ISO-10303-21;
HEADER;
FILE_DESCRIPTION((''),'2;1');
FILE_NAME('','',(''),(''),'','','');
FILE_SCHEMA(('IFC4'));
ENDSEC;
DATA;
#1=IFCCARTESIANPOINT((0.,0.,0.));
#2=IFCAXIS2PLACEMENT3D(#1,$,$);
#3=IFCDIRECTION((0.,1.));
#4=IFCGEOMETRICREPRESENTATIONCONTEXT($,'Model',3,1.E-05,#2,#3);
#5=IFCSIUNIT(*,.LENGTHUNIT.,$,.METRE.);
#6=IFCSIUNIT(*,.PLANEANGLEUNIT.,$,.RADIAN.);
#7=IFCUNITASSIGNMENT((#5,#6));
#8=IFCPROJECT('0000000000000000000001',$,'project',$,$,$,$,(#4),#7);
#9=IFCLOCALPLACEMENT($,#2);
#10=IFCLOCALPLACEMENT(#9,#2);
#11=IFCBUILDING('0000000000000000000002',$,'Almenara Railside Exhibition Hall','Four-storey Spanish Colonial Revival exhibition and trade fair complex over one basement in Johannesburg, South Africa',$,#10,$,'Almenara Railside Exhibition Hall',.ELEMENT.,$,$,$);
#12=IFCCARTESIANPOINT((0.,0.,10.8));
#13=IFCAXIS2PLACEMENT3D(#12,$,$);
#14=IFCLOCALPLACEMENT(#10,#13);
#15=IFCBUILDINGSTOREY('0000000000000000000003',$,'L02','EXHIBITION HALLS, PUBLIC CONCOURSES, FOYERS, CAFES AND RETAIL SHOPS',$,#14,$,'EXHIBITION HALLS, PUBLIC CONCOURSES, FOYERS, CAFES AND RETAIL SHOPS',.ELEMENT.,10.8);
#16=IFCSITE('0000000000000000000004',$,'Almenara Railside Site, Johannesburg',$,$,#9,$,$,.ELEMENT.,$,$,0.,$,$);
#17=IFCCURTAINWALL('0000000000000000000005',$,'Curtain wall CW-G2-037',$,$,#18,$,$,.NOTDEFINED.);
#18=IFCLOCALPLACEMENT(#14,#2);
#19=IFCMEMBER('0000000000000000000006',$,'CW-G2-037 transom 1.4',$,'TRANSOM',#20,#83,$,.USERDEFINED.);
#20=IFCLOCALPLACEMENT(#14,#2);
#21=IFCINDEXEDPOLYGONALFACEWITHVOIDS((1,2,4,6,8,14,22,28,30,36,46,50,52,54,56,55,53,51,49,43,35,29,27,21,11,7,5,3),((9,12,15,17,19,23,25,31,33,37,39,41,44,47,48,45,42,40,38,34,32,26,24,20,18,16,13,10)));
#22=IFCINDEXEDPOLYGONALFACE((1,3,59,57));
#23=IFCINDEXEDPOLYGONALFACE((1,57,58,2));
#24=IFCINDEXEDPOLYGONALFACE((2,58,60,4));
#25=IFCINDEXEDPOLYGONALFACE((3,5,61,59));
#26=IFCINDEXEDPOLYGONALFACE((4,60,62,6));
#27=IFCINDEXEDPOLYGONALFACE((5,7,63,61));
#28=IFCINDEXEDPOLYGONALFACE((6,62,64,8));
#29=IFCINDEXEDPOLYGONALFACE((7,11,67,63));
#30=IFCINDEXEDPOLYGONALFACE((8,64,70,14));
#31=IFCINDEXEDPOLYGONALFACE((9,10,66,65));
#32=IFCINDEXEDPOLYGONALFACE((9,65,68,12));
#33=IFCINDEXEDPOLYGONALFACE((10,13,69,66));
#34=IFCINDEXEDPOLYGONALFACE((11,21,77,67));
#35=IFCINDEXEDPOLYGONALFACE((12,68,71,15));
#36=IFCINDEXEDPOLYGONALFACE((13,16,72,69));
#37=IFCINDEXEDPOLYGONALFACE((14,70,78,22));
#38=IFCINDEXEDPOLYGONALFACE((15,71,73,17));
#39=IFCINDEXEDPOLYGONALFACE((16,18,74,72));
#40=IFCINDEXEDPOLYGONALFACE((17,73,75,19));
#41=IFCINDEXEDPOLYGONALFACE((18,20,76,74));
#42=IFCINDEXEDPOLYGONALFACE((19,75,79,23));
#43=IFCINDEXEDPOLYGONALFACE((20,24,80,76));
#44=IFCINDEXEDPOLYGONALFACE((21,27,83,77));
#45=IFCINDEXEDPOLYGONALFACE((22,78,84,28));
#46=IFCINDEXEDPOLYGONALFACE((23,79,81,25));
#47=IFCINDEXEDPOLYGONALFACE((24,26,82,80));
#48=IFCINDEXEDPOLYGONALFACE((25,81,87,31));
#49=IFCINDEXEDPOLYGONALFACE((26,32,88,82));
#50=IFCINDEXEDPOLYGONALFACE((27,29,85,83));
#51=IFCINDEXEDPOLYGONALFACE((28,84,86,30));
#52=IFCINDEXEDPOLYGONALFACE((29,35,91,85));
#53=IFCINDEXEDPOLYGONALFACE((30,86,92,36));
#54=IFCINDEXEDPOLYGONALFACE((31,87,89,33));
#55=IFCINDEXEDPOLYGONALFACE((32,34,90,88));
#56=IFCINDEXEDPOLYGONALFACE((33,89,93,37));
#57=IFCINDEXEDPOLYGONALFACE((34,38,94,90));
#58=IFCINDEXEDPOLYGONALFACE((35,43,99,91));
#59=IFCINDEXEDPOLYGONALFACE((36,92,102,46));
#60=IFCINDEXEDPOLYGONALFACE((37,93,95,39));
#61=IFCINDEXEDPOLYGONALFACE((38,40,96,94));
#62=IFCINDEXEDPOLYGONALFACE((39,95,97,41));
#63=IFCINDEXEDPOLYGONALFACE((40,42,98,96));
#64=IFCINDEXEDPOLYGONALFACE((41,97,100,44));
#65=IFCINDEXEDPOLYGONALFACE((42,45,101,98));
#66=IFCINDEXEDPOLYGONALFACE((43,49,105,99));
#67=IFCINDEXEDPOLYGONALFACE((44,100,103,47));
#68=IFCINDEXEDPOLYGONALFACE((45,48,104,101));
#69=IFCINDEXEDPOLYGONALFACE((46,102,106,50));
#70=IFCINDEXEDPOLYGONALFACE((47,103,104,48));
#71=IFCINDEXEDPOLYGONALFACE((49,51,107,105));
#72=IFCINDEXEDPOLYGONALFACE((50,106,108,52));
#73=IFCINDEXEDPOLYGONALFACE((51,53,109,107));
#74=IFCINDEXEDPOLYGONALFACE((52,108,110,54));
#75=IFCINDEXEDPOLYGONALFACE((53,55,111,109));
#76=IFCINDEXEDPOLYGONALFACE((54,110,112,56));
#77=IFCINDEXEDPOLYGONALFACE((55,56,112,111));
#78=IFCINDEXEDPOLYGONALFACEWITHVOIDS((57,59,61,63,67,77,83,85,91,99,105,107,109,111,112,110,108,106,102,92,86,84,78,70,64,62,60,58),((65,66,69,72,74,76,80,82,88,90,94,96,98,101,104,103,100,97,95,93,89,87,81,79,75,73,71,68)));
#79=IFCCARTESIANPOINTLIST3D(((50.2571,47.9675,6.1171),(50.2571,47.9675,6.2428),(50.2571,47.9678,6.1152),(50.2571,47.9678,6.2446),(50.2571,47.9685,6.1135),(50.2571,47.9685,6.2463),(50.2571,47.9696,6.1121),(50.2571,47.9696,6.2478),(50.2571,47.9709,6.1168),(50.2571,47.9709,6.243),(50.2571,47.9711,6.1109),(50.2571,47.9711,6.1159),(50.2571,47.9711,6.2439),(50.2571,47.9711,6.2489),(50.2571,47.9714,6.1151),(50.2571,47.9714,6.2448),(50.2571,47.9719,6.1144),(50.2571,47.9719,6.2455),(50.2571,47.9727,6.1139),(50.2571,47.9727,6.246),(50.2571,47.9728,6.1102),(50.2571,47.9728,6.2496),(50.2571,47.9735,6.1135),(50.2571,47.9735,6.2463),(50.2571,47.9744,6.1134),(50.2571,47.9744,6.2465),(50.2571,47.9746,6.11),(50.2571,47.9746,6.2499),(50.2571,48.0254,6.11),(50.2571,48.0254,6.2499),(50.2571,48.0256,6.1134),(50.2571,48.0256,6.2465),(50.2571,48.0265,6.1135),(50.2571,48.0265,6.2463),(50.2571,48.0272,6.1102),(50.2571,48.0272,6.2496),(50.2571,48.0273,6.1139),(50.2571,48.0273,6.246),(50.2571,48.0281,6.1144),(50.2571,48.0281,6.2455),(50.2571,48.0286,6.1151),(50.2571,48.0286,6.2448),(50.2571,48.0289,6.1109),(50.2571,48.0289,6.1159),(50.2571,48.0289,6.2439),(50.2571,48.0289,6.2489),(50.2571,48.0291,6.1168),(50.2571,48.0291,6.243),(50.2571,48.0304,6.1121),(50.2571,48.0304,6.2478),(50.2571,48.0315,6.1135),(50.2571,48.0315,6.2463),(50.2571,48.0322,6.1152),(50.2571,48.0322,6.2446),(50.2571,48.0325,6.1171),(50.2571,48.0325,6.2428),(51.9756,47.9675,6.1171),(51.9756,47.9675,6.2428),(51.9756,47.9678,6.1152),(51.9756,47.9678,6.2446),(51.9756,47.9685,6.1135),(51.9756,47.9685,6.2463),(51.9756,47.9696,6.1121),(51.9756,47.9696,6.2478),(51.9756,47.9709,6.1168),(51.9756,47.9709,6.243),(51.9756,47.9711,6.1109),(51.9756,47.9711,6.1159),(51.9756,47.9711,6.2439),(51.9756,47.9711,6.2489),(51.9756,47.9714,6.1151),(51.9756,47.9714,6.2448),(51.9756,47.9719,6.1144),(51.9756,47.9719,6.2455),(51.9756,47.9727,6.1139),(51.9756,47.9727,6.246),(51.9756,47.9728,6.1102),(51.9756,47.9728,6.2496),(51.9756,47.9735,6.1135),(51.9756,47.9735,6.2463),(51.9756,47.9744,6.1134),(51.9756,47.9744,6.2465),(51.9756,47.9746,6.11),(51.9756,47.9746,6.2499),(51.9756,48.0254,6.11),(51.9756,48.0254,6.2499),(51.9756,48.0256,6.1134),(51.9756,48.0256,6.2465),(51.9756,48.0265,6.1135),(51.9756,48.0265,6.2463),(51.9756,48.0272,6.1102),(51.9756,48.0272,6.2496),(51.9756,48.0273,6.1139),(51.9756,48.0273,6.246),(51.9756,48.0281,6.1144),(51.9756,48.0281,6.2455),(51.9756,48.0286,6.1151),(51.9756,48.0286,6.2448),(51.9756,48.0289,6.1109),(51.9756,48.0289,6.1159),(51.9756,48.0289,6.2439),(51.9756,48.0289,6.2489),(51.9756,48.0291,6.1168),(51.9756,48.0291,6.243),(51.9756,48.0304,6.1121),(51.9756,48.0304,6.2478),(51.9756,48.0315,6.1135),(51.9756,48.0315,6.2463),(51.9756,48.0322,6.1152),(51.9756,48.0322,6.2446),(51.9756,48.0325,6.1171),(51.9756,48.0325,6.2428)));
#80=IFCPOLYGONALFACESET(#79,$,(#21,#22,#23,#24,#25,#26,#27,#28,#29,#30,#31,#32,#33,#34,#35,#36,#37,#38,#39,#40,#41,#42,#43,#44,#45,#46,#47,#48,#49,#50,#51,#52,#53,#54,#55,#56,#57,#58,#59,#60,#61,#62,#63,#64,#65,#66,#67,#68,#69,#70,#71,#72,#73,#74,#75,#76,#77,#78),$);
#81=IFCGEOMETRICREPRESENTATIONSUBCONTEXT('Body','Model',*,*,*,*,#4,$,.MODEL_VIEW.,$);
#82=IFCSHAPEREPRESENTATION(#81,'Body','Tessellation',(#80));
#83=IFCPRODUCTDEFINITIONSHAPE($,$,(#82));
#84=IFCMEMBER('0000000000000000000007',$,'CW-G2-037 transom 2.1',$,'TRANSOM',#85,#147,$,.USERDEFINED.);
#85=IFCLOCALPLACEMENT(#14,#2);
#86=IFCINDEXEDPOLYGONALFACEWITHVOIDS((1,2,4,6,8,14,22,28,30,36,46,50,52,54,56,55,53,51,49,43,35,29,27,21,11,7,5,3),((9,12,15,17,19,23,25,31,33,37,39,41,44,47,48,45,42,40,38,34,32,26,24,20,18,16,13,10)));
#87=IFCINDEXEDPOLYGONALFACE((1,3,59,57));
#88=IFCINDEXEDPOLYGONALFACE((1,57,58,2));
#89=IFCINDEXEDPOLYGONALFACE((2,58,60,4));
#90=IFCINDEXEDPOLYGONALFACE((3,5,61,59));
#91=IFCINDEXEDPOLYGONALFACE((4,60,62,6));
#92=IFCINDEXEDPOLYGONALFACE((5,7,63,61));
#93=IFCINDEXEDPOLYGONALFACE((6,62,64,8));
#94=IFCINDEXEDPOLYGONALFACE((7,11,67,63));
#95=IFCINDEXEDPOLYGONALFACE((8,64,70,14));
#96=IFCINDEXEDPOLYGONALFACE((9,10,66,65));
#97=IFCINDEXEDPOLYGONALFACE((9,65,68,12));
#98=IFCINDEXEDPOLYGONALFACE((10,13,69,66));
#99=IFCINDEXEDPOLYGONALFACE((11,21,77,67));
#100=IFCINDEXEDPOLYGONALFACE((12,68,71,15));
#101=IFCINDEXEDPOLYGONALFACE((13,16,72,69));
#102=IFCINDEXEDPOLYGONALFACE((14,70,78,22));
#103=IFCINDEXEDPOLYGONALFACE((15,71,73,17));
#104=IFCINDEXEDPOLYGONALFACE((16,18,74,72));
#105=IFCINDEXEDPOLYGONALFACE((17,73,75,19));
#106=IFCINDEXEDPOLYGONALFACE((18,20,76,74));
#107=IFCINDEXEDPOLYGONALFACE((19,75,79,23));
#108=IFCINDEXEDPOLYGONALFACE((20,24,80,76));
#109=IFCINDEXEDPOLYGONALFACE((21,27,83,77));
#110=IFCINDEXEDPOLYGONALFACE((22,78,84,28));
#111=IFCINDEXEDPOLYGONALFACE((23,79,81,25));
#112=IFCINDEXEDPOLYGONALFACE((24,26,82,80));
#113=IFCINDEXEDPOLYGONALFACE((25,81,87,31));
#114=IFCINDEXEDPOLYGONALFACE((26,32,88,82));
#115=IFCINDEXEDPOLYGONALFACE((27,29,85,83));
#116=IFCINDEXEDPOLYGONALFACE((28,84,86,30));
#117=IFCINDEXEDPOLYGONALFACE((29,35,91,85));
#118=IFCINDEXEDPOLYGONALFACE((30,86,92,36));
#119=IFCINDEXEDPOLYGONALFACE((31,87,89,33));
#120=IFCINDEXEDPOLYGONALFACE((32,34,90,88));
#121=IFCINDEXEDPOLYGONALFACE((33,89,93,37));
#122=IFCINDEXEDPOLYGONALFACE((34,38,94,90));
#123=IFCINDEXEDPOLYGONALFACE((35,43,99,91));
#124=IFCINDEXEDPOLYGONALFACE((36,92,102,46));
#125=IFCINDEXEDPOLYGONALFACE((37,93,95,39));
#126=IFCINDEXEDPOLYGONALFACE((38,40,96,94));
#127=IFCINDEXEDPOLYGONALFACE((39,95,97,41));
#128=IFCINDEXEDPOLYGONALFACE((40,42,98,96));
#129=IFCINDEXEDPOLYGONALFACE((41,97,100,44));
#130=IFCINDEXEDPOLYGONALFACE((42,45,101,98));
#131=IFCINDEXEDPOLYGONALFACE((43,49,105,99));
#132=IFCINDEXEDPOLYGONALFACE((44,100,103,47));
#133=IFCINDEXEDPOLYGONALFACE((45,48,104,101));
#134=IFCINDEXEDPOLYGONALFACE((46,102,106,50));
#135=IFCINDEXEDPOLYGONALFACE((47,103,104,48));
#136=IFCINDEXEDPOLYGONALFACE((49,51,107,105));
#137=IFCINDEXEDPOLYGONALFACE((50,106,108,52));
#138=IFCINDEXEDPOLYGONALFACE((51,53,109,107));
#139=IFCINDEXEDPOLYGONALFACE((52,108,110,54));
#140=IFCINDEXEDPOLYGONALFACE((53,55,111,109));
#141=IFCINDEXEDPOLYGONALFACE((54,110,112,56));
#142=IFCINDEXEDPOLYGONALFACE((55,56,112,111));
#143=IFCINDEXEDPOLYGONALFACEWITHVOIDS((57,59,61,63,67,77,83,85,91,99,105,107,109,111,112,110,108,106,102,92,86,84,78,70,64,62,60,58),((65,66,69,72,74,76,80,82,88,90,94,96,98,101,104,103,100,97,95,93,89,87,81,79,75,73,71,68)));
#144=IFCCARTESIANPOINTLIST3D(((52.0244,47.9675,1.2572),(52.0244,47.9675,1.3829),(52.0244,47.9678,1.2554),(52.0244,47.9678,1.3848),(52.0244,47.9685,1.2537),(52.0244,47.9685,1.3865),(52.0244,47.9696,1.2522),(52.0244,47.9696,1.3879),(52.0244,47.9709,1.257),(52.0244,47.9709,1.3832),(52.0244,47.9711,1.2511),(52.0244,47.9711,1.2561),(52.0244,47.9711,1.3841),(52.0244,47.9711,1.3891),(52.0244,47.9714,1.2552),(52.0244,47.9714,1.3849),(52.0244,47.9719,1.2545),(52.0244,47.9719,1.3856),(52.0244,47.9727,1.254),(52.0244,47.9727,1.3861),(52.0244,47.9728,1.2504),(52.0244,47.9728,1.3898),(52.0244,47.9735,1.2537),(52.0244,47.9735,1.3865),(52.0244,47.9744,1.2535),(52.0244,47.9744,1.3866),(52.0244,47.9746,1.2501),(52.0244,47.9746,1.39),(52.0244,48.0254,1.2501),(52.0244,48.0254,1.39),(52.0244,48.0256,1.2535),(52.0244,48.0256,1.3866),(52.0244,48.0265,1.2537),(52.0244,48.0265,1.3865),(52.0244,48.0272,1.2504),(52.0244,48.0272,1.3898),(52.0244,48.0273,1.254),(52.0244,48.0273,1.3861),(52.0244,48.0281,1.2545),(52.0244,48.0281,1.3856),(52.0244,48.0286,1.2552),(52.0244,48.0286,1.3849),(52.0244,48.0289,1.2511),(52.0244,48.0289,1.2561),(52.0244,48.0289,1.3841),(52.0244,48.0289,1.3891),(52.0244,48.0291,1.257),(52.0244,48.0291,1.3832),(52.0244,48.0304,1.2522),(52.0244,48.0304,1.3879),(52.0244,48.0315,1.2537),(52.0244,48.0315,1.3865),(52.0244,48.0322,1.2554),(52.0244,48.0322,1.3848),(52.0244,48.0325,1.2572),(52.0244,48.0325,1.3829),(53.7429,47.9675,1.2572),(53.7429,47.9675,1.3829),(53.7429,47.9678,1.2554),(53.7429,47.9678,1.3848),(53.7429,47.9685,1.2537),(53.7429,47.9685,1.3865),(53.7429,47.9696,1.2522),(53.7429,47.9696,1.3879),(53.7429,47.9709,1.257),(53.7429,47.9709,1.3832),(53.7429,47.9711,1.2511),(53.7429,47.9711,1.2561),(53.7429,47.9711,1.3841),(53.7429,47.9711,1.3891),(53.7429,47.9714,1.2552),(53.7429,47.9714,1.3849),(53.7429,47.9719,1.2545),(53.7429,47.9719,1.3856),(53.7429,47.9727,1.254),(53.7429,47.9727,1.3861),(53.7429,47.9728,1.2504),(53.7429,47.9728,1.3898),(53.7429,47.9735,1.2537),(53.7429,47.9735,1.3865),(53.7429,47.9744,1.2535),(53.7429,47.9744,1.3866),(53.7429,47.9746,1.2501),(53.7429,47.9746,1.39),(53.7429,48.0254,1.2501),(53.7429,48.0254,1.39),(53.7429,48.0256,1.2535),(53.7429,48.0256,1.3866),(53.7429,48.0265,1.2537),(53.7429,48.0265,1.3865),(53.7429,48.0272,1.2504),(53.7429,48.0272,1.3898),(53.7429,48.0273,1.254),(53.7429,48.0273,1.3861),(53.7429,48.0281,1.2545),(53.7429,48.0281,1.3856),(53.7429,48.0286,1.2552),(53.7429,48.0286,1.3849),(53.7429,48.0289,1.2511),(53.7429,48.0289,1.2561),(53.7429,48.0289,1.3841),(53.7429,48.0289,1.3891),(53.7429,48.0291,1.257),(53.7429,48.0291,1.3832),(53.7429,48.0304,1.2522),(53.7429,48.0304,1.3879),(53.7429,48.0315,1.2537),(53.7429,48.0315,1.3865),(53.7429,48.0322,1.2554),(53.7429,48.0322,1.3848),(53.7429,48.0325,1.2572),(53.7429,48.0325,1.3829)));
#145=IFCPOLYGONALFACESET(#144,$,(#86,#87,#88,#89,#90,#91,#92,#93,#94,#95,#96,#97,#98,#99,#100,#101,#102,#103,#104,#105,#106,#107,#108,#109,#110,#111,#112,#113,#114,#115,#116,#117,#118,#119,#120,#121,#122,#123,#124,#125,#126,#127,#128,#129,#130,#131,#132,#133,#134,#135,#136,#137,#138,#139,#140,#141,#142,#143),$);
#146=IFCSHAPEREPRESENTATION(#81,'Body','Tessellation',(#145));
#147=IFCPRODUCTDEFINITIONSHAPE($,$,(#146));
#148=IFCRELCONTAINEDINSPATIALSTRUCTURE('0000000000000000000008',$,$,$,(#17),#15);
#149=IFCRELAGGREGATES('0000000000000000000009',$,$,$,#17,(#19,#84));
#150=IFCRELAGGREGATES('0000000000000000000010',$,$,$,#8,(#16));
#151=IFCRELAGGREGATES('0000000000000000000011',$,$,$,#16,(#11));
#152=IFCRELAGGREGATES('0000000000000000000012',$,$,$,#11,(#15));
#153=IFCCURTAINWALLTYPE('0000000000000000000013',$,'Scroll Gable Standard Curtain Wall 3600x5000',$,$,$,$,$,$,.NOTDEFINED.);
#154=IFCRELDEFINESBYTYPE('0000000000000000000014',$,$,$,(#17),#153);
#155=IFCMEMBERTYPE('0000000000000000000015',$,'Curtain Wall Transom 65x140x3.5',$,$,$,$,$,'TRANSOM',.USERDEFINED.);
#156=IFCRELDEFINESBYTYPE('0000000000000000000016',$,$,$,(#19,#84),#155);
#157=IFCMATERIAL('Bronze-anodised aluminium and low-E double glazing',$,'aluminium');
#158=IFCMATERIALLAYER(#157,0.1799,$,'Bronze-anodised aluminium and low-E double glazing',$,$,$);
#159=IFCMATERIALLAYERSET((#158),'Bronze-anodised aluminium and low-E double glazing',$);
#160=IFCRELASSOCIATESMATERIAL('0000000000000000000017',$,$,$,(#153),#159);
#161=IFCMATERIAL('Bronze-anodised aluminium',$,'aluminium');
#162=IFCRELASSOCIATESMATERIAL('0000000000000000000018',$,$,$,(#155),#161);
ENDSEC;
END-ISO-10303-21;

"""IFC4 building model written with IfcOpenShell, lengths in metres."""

from ifc_helpers import new_model, si_unit, direction, frame, origin, origin_2d, place, context, subcontext, project, spatial, hollow_rectangle, extrude, material, layer, layer_set, material_profile, profile_set, type_object, element, aggregate, save


model = new_model("IFC4")

# Units and contexts
model_context = context("Model", 3, precision=1e-05, world=origin(), true_north=direction((0.0, 1.0)))
body_context = subcontext(model_context, "Body", "Model", "MODEL_VIEW")
ifc_project = project(units=[si_unit("LENGTHUNIT", "METRE"), si_unit("PLANEANGLEUNIT", "RADIAN")], contexts=[model_context])

# Site, building, storey
site_placement = place(None, origin())
site = spatial("IfcSite", under=ifc_project, at=site_placement, Name="Almenara Railside Site, Johannesburg", CompositionType="ELEMENT", RefElevation=0.0)
building_placement = place(site_placement, origin())
building = spatial("IfcBuilding", under=site, at=building_placement, Name="Almenara Railside Exhibition Hall", Description="Four-storey Spanish Colonial Revival exhibition and trade fair complex over one basement in Johannesburg, South Africa", LongName="Almenara Railside Exhibition Hall", CompositionType="ELEMENT")
storey_placement = place(building_placement, frame((0.0, 0.0, 10.8)))
storey = spatial("IfcBuildingStorey", under=building, at=storey_placement, Name="L02", Description="EXHIBITION HALLS, PUBLIC CONCOURSES, FOYERS, CAFES AND RETAIL SHOPS", LongName="EXHIBITION HALLS, PUBLIC CONCOURSES, FOYERS, CAFES AND RETAIL SHOPS", CompositionType="ELEMENT", Elevation=10.8)

# Curtain wall
ifc_material_1 = material(Name="Bronze-anodised aluminium and low-E double glazing", Category="aluminium")
ifc_layer_1 = layer(ifc_material_1, 0.1799, Name="Bronze-anodised aluminium and low-E double glazing")
ifc_layer_set_1 = layer_set([ifc_layer_1], Name="Bronze-anodised aluminium and low-E double glazing")
curtain_wall_type_1 = type_object("IfcCurtainWallType", Name="Scroll Gable Standard Curtain Wall 3600x5000", PredefinedType="NOTDEFINED", material=ifc_layer_set_1)
curtain_wall_1_placement = place(storey_placement, origin())
curtain_wall_1 = element("IfcCurtainWall", 1, at=curtain_wall_1_placement, inside=storey, type_object=curtain_wall_type_1, Name="Curtain wall CW-G2-037", PredefinedType="NOTDEFINED")
ifc_material_2 = material(Name="Bronze-anodised aluminium", Category="aluminium")

# Members
ifc_material_profile_1 = material_profile(ifc_material_2, hollow_rectangle(XDim=0.0649, YDim=0.1399, WallThickness=0.0034, InnerFilletRadius=0.0034, OuterFilletRadius=0.0071, at=origin_2d()), Name="ALU-TRN 65x140x3.5")
ifc_profile_set_1 = profile_set([ifc_material_profile_1], Name="Bronze-anodised aluminium")
member_type_1 = type_object("IfcMemberType", Name="Curtain Wall Transom 65x140x3.5", ElementType="TRANSOM", PredefinedType="USERDEFINED", material=ifc_profile_set_1)
member_1_placement = place(storey_placement, frame((50.2571, 48.0, 6.1799), z_axis=(1.0, 0.0, 0.0), x_axis=(0.0, 1.0, 0.0)))
member_1 = element("IfcMember", 2, at=member_1_placement, type_object=member_type_1, Name="CW-G2-037 transom 1.4", ObjectType="TRANSOM", PredefinedType="USERDEFINED", context=body_context, shape_type="SweptSolid", body=[
    extrude(hollow_rectangle(XDim=0.0649, YDim=0.1399, WallThickness=0.0034, InnerFilletRadius=0.0034, OuterFilletRadius=0.0071, at=origin_2d()), origin(), (0.0, 0.0, 1.0), 1.7185),
])
member_2_placement = place(storey_placement, frame((52.0244, 48.0, 1.3201), z_axis=(1.0, 0.0, 0.0), x_axis=(0.0, 1.0, 0.0)))
member_2 = element("IfcMember", 3, at=member_2_placement, type_object=member_type_1, Name="CW-G2-037 transom 2.1", ObjectType="TRANSOM", PredefinedType="USERDEFINED", context=body_context, shape_type="SweptSolid", body=[
    extrude(hollow_rectangle(XDim=0.0649, YDim=0.1399, WallThickness=0.0034, InnerFilletRadius=0.0034, OuterFilletRadius=0.0071, at=origin_2d()), origin(), (0.0, 0.0, 1.0), 1.7185),
])

aggregate(curtain_wall_1, [member_1, member_2])

save(model, "model.ifc")
